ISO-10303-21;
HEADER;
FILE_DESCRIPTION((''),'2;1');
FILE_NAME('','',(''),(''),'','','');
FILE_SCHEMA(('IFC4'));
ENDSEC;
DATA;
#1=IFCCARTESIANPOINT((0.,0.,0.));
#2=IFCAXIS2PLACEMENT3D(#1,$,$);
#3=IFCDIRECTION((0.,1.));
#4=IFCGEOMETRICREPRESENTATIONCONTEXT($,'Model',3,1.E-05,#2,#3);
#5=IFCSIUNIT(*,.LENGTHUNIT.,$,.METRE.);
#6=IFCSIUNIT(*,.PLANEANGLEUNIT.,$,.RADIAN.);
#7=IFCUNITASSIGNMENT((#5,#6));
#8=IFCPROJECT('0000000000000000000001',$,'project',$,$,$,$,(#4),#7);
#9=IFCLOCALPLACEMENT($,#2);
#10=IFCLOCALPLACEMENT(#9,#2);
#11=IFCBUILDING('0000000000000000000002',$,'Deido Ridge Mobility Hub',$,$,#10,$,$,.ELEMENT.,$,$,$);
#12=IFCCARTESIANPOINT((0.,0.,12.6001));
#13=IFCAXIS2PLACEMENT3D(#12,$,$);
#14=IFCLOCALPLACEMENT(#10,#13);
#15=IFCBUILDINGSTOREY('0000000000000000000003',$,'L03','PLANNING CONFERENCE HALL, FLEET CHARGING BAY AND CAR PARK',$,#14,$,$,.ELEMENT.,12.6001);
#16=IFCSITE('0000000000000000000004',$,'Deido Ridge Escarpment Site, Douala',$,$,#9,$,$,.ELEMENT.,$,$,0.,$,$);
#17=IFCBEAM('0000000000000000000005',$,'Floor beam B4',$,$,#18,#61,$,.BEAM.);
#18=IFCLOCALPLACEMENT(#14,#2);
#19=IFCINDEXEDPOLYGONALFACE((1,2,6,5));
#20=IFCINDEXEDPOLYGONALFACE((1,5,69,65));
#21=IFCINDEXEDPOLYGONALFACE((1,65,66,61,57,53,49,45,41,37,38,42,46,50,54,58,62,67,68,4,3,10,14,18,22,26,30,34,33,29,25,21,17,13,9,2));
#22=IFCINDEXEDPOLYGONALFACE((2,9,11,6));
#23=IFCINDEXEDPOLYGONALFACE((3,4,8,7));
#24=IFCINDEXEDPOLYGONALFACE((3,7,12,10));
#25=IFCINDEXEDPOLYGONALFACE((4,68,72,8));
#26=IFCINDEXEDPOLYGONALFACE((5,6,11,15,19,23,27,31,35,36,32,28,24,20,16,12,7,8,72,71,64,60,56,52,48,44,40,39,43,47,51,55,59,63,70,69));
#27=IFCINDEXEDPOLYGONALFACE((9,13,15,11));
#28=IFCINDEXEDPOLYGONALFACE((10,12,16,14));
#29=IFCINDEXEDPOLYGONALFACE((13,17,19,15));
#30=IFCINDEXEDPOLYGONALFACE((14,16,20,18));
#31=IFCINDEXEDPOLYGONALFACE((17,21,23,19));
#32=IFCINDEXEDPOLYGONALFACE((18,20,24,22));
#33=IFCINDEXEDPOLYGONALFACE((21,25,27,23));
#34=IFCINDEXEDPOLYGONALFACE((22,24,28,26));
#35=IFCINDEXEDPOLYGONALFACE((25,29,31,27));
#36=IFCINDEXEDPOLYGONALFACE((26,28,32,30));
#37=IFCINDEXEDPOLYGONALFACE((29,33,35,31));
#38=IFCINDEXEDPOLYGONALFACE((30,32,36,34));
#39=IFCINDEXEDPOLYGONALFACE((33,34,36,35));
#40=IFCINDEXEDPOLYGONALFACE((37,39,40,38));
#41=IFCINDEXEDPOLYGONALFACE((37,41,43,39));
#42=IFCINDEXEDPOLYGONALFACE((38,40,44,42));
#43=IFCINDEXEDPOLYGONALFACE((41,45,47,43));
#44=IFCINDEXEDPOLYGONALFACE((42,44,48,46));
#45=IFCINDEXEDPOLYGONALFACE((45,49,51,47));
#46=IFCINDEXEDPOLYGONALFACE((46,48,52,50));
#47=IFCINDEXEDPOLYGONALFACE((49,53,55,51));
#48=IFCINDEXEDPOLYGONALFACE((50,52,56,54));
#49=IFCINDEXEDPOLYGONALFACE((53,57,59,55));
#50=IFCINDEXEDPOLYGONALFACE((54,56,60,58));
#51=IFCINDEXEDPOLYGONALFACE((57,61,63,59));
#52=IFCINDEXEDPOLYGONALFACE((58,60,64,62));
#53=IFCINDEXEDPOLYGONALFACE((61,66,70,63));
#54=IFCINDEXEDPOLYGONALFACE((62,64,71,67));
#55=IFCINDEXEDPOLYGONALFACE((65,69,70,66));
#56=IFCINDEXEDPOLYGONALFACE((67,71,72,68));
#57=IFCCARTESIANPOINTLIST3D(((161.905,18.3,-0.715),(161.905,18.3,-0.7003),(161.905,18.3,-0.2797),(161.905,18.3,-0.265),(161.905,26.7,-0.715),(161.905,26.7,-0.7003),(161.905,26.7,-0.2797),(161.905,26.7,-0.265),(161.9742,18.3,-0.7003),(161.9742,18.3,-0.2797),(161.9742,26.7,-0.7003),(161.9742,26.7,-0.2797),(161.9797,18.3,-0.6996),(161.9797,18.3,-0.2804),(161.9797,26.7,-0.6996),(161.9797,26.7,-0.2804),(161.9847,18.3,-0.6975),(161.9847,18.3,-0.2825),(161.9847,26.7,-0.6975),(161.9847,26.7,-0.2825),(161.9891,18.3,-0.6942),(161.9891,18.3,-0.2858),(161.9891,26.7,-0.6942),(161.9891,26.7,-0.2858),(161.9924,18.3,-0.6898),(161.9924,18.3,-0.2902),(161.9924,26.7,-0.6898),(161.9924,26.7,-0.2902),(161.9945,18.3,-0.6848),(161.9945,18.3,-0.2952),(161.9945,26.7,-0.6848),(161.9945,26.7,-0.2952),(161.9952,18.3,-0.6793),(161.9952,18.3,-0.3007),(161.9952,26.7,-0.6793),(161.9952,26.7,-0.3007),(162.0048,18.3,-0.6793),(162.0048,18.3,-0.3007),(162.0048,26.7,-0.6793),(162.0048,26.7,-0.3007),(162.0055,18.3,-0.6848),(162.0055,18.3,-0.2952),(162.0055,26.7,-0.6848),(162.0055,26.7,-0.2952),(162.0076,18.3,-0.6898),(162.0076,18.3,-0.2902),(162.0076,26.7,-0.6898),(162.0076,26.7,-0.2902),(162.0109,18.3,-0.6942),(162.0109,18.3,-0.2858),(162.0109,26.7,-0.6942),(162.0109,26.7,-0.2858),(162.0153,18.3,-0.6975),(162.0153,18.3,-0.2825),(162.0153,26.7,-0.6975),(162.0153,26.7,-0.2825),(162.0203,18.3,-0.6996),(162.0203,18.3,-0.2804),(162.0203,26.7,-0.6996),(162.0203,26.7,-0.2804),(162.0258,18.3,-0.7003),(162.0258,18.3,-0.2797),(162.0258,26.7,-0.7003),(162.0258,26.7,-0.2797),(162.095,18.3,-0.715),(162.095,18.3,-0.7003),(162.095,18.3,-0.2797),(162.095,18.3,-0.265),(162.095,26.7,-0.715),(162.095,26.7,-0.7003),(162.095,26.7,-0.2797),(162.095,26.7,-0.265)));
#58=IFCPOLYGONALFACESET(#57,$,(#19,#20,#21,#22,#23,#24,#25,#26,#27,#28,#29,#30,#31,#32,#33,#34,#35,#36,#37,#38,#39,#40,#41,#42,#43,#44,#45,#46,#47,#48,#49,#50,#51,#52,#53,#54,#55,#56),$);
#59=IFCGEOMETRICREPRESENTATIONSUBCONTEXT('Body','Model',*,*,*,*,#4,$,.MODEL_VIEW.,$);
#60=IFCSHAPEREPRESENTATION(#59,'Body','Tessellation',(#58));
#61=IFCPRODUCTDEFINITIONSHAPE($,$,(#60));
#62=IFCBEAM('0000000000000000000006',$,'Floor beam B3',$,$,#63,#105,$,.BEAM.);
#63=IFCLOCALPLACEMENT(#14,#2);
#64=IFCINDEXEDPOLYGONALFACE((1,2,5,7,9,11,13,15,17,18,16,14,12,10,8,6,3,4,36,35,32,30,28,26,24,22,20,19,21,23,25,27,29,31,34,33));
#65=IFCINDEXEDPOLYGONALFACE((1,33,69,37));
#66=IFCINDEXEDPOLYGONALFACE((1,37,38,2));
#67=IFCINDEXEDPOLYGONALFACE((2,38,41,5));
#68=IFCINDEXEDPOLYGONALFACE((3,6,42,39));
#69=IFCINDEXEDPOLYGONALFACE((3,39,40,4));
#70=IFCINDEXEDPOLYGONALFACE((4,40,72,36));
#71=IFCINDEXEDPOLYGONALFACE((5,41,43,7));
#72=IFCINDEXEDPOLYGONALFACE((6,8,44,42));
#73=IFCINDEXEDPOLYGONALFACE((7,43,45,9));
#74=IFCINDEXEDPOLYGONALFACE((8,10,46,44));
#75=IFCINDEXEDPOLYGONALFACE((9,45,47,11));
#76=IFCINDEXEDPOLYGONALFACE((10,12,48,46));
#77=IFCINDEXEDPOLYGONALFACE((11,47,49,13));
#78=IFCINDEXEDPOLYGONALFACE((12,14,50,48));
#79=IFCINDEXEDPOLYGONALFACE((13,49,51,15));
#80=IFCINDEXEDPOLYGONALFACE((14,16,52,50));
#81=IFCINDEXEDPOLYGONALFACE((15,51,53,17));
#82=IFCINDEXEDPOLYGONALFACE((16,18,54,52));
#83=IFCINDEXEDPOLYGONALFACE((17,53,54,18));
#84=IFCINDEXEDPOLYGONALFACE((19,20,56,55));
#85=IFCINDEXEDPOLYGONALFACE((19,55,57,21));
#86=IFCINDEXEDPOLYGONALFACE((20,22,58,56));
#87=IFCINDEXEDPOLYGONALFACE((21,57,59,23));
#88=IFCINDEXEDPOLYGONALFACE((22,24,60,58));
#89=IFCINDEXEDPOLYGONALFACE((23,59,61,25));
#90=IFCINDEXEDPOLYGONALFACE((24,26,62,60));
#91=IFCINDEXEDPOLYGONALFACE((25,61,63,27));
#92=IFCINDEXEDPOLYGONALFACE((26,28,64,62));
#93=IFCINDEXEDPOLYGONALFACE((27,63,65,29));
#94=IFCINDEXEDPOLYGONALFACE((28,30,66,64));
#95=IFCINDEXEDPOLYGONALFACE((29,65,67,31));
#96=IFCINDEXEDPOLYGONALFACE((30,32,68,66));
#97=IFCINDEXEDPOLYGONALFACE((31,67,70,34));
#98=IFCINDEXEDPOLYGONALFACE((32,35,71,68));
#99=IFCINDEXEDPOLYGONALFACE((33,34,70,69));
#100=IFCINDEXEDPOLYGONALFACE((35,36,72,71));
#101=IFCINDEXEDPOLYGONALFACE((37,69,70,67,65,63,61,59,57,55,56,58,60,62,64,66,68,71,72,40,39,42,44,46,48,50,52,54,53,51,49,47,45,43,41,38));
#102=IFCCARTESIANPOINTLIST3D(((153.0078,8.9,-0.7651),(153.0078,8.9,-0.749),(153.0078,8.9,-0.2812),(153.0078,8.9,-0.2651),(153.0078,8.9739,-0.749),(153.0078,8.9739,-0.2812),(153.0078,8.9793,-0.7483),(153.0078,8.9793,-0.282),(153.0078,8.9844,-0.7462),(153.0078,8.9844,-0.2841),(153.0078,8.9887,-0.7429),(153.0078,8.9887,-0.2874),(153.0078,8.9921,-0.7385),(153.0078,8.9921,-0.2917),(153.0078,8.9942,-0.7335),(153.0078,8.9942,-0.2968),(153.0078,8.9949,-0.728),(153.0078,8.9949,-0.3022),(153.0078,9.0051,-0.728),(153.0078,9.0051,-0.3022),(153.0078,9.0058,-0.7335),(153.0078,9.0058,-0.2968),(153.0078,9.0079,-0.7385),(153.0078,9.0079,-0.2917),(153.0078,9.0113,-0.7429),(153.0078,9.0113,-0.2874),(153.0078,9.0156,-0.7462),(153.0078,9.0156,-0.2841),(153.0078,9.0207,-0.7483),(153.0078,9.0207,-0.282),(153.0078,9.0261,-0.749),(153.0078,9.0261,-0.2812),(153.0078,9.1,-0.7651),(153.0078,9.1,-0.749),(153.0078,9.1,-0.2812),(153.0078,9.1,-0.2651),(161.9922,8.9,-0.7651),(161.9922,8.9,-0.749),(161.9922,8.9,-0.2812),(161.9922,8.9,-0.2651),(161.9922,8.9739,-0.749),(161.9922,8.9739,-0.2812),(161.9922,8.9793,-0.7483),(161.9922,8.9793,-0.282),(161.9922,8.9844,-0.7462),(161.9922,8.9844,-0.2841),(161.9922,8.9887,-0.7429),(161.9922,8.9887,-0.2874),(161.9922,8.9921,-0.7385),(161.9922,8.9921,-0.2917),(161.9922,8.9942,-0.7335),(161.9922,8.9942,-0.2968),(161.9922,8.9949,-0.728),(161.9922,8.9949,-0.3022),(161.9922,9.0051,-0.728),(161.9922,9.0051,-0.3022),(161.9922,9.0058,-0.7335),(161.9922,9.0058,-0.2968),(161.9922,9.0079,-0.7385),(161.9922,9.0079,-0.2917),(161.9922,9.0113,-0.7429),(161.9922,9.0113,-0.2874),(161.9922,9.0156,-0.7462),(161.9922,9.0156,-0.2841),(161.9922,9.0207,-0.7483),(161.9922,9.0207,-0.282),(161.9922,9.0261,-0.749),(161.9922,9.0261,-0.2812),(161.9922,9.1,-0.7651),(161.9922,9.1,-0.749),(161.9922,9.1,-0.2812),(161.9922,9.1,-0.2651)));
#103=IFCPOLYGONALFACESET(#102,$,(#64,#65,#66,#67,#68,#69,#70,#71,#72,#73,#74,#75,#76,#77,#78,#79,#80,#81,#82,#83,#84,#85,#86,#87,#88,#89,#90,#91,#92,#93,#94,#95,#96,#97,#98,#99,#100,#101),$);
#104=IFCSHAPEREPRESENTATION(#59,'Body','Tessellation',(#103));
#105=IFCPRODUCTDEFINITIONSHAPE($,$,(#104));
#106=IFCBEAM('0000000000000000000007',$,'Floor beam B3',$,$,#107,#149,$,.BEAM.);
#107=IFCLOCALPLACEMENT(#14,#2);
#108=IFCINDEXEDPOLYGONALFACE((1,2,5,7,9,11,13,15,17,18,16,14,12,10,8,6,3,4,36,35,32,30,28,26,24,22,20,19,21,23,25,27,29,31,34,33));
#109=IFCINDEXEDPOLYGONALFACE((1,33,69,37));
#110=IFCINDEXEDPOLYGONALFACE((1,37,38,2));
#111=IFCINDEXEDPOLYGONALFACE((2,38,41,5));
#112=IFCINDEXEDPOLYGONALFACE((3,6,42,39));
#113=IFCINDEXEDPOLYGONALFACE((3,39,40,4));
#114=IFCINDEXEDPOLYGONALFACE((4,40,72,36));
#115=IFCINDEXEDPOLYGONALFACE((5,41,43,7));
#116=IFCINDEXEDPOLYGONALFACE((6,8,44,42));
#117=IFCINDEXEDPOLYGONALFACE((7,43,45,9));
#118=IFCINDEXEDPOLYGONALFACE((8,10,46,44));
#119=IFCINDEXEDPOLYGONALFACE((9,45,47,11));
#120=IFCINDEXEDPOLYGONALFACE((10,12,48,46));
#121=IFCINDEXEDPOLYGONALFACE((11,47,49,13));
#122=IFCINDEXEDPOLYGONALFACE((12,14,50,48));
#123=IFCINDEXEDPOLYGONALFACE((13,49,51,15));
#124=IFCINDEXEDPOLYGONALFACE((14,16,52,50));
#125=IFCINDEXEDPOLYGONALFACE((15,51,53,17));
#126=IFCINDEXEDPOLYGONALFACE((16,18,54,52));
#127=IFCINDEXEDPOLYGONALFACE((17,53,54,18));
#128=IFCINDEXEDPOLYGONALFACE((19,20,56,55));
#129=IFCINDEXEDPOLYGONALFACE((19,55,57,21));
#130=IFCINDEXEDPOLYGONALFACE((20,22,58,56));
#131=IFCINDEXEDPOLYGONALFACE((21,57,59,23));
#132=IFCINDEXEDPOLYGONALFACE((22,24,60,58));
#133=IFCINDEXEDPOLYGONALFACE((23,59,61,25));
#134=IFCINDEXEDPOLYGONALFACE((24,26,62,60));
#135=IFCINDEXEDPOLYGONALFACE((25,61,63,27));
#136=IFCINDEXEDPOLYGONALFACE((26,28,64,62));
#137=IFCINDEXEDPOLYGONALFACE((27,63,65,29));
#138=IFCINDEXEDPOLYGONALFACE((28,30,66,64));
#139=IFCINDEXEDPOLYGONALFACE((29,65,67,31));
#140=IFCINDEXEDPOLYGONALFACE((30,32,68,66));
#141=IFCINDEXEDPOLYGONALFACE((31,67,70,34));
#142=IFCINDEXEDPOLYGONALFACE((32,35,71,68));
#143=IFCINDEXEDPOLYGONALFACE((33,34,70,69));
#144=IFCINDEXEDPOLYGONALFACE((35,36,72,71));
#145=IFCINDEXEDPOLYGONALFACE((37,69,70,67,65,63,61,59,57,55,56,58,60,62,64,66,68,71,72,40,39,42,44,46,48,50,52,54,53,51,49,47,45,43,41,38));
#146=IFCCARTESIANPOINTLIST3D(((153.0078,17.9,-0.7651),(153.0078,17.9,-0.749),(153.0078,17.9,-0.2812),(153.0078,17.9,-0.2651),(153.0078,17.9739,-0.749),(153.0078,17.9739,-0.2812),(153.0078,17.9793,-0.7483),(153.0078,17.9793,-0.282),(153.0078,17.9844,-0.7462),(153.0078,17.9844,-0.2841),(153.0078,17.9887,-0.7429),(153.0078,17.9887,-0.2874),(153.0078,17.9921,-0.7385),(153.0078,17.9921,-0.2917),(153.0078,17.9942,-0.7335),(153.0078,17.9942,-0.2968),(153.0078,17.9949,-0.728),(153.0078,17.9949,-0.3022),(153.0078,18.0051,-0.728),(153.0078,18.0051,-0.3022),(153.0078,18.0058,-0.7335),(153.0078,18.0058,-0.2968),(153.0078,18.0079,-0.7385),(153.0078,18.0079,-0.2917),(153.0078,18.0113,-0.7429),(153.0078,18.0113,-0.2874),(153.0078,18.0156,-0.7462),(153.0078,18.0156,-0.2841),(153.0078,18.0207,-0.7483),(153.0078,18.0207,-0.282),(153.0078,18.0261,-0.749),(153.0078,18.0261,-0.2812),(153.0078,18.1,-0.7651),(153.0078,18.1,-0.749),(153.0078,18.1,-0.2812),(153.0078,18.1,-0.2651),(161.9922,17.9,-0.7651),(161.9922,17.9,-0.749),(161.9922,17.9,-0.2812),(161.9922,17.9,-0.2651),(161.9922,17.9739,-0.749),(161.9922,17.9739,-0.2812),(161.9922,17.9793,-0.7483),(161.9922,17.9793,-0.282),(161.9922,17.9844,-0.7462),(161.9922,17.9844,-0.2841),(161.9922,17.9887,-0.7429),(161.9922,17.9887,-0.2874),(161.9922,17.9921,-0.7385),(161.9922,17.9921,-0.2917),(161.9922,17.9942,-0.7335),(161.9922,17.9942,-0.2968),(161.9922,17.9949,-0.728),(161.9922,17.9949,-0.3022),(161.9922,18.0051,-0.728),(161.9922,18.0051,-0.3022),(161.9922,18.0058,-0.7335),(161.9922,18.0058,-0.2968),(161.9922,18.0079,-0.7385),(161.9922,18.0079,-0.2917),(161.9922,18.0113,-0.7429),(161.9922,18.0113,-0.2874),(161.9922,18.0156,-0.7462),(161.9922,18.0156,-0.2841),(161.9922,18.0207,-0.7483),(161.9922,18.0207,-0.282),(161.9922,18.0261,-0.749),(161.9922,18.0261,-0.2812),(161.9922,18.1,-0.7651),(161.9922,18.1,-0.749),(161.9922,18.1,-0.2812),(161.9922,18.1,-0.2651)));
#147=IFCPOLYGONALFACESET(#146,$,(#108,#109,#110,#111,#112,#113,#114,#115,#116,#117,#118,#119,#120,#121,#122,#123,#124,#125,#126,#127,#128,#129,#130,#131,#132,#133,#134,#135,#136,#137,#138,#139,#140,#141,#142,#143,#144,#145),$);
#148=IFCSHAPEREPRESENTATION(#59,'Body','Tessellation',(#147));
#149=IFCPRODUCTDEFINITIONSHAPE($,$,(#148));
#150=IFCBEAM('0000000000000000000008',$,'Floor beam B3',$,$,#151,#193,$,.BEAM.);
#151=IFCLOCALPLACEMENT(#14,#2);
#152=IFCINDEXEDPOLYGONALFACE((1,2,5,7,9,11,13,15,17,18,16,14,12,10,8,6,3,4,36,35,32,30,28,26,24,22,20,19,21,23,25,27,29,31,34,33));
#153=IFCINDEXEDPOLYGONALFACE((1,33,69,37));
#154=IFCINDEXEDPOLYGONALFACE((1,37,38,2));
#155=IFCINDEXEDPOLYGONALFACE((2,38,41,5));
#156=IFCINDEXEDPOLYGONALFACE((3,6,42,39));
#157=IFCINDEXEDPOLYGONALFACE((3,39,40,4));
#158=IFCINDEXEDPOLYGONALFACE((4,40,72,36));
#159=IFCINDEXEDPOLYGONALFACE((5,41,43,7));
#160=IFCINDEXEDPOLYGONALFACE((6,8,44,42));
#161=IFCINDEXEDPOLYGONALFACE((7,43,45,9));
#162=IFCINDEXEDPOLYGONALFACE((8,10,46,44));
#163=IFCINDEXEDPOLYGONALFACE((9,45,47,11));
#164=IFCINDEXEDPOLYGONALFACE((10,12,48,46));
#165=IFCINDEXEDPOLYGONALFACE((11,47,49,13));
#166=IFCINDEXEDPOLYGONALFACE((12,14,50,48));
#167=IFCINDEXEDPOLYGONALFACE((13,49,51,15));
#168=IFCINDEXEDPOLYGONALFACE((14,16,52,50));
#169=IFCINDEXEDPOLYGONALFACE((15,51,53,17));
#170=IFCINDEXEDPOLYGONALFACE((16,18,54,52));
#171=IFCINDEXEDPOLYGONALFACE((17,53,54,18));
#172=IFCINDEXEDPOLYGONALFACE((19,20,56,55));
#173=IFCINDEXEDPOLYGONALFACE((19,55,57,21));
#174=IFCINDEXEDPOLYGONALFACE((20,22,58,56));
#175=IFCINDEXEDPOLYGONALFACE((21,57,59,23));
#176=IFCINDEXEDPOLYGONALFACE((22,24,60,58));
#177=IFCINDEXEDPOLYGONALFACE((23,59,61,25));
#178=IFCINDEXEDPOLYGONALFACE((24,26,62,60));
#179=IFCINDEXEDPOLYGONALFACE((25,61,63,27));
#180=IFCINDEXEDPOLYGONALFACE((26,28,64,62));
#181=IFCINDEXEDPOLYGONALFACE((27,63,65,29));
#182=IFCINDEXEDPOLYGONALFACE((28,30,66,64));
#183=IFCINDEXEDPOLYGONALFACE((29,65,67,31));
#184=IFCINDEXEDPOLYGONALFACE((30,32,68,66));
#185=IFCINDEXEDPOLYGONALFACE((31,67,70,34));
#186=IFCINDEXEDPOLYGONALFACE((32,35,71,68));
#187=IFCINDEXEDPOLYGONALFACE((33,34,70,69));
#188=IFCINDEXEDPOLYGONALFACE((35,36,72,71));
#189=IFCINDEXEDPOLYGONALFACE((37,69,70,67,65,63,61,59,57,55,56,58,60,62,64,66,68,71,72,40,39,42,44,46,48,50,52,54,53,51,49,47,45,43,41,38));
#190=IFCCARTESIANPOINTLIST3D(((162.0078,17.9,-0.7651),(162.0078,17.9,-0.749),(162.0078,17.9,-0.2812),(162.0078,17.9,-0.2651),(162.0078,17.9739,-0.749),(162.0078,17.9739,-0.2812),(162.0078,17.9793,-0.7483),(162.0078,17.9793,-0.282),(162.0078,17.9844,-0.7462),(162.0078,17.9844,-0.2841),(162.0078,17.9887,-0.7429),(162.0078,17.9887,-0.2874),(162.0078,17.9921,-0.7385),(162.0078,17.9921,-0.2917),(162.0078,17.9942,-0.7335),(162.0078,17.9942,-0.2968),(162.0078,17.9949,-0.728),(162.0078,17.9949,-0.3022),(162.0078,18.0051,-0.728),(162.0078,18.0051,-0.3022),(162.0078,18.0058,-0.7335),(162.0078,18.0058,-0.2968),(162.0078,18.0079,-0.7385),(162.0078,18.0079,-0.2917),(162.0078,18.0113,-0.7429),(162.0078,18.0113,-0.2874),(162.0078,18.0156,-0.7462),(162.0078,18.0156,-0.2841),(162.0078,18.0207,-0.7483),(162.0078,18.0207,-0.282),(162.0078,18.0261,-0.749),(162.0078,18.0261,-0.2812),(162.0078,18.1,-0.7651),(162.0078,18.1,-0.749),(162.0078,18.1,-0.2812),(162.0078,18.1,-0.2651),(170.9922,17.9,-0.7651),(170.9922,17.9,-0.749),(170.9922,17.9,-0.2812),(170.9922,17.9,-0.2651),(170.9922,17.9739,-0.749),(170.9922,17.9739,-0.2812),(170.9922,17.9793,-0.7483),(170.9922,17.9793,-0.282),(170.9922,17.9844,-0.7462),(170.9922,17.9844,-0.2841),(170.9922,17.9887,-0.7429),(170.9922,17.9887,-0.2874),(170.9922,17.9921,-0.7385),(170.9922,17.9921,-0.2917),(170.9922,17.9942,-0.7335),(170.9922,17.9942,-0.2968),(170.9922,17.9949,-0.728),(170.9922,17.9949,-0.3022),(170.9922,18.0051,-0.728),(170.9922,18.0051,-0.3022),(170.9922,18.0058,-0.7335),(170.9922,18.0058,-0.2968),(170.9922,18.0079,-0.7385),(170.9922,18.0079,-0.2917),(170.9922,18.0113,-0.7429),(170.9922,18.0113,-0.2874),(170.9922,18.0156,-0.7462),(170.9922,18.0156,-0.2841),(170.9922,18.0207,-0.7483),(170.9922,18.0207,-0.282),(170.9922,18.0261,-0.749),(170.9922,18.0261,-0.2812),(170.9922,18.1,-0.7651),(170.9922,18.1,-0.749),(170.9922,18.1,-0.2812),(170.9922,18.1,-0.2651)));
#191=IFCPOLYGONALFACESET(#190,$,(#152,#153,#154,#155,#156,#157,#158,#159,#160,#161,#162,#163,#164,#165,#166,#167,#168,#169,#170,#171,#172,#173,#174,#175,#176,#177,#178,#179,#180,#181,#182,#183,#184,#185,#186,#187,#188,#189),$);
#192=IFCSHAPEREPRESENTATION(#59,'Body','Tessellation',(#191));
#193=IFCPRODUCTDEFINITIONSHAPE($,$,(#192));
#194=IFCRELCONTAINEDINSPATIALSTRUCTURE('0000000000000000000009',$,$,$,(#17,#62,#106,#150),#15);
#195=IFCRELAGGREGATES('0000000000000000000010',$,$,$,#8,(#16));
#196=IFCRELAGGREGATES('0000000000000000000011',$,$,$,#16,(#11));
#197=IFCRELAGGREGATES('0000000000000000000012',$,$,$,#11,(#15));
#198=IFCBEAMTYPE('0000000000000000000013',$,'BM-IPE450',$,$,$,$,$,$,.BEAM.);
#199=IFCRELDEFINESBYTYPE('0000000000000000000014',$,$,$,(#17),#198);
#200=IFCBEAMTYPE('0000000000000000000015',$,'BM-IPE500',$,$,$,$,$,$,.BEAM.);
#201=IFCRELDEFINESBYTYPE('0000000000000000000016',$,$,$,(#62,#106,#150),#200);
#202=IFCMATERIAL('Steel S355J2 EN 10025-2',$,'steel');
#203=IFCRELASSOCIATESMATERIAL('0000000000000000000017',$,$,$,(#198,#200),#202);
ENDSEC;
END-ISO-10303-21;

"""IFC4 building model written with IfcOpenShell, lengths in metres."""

from ifc_helpers import new_model, si_unit, direction, frame, origin, origin_2d, place, context, subcontext, project, spatial, i_section, extrude, material, material_profile, profile_set, type_object, element, save


model = new_model("IFC4")

# Units and contexts
model_context = context("Model", 3, precision=1e-05, world=origin(), true_north=direction((0.0, 1.0)))
body_context = subcontext(model_context, "Body", "Model", "MODEL_VIEW")
ifc_project = project(units=[si_unit("LENGTHUNIT", "METRE"), si_unit("PLANEANGLEUNIT", "RADIAN")], contexts=[model_context])

# Site, building, storey
site_placement = place(None, origin())
site = spatial("IfcSite", under=ifc_project, at=site_placement, Name="Deido Ridge Escarpment Site, Douala", CompositionType="ELEMENT", RefElevation=0.0)
building_placement = place(site_placement, origin())
building = spatial("IfcBuilding", under=site, at=building_placement, Name="Deido Ridge Mobility Hub", CompositionType="ELEMENT")
storey_placement = place(building_placement, frame((0.0, 0.0, 12.6001)))
storey = spatial("IfcBuildingStorey", under=building, at=storey_placement, Name="L03", Description="PLANNING CONFERENCE HALL, FLEET CHARGING BAY AND CAR PARK", CompositionType="ELEMENT", Elevation=12.6001)

# Shared definitions
ifc_material_1 = material(Name="Steel S355J2 EN 10025-2", Category="steel")

# Beams
ifc_material_profile_1 = material_profile(ifc_material_1, i_section(OverallWidth=0.1899, OverallDepth=0.45, WebThickness=0.0095, FlangeThickness=0.0146, FilletRadius=0.021, at=origin_2d()), Name="IPE 450")
ifc_profile_set_1 = profile_set([ifc_material_profile_1], Name="Steel S355J2 EN 10025-2")
beam_type_1 = type_object("IfcBeamType", Name="BM-IPE450", PredefinedType="BEAM", material=ifc_profile_set_1)
for number, where, z_axis, x_axis, name in (
    (1, (162.0, 18.3, -0.49), (0.0, 1.0, 0.0), (-1.0, 0.0, 0.0), "Floor beam B4"),
):
    element("IfcBeam", number, at=place(storey_placement, frame(where, z_axis=z_axis, x_axis=x_axis)), inside=storey, type_object=beam_type_1, Name=name, PredefinedType="BEAM", context=body_context, shape_type="SweptSolid", body=[
        extrude(i_section(OverallWidth=0.1899, OverallDepth=0.45, WebThickness=0.0095, FlangeThickness=0.0146, FilletRadius=0.021, at=origin_2d()), origin(), (0.0, 0.0, 1.0), 8.3999),
    ])
ifc_material_profile_2 = material_profile(ifc_material_1, i_section(OverallWidth=0.2, OverallDepth=0.5, WebThickness=0.0103, FlangeThickness=0.0161, FilletRadius=0.021, at=origin_2d()), Name="IPE 500")
ifc_profile_set_2 = profile_set([ifc_material_profile_2], Name="Steel S355J2 EN 10025-2")
beam_type_2 = type_object("IfcBeamType", Name="BM-IPE500", PredefinedType="BEAM", material=ifc_profile_set_2)
for number, where, z_axis, x_axis, name in (
    (2, (153.0078, 9.0, -0.5151), (1.0, 0.0, 0.0), (0.0, 1.0, 0.0), "Floor beam B3"),
    (3, (153.0078, 18.0, -0.5151), (1.0, 0.0, 0.0), (0.0, 1.0, 0.0), "Floor beam B3"),
    (4, (162.0078, 18.0, -0.5151), (1.0, 0.0, 0.0), (0.0, 1.0, 0.0), "Floor beam B3"),
):
    element("IfcBeam", number, at=place(storey_placement, frame(where, z_axis=z_axis, x_axis=x_axis)), inside=storey, type_object=beam_type_2, Name=name, PredefinedType="BEAM", context=body_context, shape_type="SweptSolid", body=[
        extrude(i_section(OverallWidth=0.2, OverallDepth=0.5, WebThickness=0.0103, FlangeThickness=0.0161, FilletRadius=0.021, at=origin_2d()), origin(), (0.0, 0.0, 1.0), 8.9844),
    ])

save(model, "model.ifc")
